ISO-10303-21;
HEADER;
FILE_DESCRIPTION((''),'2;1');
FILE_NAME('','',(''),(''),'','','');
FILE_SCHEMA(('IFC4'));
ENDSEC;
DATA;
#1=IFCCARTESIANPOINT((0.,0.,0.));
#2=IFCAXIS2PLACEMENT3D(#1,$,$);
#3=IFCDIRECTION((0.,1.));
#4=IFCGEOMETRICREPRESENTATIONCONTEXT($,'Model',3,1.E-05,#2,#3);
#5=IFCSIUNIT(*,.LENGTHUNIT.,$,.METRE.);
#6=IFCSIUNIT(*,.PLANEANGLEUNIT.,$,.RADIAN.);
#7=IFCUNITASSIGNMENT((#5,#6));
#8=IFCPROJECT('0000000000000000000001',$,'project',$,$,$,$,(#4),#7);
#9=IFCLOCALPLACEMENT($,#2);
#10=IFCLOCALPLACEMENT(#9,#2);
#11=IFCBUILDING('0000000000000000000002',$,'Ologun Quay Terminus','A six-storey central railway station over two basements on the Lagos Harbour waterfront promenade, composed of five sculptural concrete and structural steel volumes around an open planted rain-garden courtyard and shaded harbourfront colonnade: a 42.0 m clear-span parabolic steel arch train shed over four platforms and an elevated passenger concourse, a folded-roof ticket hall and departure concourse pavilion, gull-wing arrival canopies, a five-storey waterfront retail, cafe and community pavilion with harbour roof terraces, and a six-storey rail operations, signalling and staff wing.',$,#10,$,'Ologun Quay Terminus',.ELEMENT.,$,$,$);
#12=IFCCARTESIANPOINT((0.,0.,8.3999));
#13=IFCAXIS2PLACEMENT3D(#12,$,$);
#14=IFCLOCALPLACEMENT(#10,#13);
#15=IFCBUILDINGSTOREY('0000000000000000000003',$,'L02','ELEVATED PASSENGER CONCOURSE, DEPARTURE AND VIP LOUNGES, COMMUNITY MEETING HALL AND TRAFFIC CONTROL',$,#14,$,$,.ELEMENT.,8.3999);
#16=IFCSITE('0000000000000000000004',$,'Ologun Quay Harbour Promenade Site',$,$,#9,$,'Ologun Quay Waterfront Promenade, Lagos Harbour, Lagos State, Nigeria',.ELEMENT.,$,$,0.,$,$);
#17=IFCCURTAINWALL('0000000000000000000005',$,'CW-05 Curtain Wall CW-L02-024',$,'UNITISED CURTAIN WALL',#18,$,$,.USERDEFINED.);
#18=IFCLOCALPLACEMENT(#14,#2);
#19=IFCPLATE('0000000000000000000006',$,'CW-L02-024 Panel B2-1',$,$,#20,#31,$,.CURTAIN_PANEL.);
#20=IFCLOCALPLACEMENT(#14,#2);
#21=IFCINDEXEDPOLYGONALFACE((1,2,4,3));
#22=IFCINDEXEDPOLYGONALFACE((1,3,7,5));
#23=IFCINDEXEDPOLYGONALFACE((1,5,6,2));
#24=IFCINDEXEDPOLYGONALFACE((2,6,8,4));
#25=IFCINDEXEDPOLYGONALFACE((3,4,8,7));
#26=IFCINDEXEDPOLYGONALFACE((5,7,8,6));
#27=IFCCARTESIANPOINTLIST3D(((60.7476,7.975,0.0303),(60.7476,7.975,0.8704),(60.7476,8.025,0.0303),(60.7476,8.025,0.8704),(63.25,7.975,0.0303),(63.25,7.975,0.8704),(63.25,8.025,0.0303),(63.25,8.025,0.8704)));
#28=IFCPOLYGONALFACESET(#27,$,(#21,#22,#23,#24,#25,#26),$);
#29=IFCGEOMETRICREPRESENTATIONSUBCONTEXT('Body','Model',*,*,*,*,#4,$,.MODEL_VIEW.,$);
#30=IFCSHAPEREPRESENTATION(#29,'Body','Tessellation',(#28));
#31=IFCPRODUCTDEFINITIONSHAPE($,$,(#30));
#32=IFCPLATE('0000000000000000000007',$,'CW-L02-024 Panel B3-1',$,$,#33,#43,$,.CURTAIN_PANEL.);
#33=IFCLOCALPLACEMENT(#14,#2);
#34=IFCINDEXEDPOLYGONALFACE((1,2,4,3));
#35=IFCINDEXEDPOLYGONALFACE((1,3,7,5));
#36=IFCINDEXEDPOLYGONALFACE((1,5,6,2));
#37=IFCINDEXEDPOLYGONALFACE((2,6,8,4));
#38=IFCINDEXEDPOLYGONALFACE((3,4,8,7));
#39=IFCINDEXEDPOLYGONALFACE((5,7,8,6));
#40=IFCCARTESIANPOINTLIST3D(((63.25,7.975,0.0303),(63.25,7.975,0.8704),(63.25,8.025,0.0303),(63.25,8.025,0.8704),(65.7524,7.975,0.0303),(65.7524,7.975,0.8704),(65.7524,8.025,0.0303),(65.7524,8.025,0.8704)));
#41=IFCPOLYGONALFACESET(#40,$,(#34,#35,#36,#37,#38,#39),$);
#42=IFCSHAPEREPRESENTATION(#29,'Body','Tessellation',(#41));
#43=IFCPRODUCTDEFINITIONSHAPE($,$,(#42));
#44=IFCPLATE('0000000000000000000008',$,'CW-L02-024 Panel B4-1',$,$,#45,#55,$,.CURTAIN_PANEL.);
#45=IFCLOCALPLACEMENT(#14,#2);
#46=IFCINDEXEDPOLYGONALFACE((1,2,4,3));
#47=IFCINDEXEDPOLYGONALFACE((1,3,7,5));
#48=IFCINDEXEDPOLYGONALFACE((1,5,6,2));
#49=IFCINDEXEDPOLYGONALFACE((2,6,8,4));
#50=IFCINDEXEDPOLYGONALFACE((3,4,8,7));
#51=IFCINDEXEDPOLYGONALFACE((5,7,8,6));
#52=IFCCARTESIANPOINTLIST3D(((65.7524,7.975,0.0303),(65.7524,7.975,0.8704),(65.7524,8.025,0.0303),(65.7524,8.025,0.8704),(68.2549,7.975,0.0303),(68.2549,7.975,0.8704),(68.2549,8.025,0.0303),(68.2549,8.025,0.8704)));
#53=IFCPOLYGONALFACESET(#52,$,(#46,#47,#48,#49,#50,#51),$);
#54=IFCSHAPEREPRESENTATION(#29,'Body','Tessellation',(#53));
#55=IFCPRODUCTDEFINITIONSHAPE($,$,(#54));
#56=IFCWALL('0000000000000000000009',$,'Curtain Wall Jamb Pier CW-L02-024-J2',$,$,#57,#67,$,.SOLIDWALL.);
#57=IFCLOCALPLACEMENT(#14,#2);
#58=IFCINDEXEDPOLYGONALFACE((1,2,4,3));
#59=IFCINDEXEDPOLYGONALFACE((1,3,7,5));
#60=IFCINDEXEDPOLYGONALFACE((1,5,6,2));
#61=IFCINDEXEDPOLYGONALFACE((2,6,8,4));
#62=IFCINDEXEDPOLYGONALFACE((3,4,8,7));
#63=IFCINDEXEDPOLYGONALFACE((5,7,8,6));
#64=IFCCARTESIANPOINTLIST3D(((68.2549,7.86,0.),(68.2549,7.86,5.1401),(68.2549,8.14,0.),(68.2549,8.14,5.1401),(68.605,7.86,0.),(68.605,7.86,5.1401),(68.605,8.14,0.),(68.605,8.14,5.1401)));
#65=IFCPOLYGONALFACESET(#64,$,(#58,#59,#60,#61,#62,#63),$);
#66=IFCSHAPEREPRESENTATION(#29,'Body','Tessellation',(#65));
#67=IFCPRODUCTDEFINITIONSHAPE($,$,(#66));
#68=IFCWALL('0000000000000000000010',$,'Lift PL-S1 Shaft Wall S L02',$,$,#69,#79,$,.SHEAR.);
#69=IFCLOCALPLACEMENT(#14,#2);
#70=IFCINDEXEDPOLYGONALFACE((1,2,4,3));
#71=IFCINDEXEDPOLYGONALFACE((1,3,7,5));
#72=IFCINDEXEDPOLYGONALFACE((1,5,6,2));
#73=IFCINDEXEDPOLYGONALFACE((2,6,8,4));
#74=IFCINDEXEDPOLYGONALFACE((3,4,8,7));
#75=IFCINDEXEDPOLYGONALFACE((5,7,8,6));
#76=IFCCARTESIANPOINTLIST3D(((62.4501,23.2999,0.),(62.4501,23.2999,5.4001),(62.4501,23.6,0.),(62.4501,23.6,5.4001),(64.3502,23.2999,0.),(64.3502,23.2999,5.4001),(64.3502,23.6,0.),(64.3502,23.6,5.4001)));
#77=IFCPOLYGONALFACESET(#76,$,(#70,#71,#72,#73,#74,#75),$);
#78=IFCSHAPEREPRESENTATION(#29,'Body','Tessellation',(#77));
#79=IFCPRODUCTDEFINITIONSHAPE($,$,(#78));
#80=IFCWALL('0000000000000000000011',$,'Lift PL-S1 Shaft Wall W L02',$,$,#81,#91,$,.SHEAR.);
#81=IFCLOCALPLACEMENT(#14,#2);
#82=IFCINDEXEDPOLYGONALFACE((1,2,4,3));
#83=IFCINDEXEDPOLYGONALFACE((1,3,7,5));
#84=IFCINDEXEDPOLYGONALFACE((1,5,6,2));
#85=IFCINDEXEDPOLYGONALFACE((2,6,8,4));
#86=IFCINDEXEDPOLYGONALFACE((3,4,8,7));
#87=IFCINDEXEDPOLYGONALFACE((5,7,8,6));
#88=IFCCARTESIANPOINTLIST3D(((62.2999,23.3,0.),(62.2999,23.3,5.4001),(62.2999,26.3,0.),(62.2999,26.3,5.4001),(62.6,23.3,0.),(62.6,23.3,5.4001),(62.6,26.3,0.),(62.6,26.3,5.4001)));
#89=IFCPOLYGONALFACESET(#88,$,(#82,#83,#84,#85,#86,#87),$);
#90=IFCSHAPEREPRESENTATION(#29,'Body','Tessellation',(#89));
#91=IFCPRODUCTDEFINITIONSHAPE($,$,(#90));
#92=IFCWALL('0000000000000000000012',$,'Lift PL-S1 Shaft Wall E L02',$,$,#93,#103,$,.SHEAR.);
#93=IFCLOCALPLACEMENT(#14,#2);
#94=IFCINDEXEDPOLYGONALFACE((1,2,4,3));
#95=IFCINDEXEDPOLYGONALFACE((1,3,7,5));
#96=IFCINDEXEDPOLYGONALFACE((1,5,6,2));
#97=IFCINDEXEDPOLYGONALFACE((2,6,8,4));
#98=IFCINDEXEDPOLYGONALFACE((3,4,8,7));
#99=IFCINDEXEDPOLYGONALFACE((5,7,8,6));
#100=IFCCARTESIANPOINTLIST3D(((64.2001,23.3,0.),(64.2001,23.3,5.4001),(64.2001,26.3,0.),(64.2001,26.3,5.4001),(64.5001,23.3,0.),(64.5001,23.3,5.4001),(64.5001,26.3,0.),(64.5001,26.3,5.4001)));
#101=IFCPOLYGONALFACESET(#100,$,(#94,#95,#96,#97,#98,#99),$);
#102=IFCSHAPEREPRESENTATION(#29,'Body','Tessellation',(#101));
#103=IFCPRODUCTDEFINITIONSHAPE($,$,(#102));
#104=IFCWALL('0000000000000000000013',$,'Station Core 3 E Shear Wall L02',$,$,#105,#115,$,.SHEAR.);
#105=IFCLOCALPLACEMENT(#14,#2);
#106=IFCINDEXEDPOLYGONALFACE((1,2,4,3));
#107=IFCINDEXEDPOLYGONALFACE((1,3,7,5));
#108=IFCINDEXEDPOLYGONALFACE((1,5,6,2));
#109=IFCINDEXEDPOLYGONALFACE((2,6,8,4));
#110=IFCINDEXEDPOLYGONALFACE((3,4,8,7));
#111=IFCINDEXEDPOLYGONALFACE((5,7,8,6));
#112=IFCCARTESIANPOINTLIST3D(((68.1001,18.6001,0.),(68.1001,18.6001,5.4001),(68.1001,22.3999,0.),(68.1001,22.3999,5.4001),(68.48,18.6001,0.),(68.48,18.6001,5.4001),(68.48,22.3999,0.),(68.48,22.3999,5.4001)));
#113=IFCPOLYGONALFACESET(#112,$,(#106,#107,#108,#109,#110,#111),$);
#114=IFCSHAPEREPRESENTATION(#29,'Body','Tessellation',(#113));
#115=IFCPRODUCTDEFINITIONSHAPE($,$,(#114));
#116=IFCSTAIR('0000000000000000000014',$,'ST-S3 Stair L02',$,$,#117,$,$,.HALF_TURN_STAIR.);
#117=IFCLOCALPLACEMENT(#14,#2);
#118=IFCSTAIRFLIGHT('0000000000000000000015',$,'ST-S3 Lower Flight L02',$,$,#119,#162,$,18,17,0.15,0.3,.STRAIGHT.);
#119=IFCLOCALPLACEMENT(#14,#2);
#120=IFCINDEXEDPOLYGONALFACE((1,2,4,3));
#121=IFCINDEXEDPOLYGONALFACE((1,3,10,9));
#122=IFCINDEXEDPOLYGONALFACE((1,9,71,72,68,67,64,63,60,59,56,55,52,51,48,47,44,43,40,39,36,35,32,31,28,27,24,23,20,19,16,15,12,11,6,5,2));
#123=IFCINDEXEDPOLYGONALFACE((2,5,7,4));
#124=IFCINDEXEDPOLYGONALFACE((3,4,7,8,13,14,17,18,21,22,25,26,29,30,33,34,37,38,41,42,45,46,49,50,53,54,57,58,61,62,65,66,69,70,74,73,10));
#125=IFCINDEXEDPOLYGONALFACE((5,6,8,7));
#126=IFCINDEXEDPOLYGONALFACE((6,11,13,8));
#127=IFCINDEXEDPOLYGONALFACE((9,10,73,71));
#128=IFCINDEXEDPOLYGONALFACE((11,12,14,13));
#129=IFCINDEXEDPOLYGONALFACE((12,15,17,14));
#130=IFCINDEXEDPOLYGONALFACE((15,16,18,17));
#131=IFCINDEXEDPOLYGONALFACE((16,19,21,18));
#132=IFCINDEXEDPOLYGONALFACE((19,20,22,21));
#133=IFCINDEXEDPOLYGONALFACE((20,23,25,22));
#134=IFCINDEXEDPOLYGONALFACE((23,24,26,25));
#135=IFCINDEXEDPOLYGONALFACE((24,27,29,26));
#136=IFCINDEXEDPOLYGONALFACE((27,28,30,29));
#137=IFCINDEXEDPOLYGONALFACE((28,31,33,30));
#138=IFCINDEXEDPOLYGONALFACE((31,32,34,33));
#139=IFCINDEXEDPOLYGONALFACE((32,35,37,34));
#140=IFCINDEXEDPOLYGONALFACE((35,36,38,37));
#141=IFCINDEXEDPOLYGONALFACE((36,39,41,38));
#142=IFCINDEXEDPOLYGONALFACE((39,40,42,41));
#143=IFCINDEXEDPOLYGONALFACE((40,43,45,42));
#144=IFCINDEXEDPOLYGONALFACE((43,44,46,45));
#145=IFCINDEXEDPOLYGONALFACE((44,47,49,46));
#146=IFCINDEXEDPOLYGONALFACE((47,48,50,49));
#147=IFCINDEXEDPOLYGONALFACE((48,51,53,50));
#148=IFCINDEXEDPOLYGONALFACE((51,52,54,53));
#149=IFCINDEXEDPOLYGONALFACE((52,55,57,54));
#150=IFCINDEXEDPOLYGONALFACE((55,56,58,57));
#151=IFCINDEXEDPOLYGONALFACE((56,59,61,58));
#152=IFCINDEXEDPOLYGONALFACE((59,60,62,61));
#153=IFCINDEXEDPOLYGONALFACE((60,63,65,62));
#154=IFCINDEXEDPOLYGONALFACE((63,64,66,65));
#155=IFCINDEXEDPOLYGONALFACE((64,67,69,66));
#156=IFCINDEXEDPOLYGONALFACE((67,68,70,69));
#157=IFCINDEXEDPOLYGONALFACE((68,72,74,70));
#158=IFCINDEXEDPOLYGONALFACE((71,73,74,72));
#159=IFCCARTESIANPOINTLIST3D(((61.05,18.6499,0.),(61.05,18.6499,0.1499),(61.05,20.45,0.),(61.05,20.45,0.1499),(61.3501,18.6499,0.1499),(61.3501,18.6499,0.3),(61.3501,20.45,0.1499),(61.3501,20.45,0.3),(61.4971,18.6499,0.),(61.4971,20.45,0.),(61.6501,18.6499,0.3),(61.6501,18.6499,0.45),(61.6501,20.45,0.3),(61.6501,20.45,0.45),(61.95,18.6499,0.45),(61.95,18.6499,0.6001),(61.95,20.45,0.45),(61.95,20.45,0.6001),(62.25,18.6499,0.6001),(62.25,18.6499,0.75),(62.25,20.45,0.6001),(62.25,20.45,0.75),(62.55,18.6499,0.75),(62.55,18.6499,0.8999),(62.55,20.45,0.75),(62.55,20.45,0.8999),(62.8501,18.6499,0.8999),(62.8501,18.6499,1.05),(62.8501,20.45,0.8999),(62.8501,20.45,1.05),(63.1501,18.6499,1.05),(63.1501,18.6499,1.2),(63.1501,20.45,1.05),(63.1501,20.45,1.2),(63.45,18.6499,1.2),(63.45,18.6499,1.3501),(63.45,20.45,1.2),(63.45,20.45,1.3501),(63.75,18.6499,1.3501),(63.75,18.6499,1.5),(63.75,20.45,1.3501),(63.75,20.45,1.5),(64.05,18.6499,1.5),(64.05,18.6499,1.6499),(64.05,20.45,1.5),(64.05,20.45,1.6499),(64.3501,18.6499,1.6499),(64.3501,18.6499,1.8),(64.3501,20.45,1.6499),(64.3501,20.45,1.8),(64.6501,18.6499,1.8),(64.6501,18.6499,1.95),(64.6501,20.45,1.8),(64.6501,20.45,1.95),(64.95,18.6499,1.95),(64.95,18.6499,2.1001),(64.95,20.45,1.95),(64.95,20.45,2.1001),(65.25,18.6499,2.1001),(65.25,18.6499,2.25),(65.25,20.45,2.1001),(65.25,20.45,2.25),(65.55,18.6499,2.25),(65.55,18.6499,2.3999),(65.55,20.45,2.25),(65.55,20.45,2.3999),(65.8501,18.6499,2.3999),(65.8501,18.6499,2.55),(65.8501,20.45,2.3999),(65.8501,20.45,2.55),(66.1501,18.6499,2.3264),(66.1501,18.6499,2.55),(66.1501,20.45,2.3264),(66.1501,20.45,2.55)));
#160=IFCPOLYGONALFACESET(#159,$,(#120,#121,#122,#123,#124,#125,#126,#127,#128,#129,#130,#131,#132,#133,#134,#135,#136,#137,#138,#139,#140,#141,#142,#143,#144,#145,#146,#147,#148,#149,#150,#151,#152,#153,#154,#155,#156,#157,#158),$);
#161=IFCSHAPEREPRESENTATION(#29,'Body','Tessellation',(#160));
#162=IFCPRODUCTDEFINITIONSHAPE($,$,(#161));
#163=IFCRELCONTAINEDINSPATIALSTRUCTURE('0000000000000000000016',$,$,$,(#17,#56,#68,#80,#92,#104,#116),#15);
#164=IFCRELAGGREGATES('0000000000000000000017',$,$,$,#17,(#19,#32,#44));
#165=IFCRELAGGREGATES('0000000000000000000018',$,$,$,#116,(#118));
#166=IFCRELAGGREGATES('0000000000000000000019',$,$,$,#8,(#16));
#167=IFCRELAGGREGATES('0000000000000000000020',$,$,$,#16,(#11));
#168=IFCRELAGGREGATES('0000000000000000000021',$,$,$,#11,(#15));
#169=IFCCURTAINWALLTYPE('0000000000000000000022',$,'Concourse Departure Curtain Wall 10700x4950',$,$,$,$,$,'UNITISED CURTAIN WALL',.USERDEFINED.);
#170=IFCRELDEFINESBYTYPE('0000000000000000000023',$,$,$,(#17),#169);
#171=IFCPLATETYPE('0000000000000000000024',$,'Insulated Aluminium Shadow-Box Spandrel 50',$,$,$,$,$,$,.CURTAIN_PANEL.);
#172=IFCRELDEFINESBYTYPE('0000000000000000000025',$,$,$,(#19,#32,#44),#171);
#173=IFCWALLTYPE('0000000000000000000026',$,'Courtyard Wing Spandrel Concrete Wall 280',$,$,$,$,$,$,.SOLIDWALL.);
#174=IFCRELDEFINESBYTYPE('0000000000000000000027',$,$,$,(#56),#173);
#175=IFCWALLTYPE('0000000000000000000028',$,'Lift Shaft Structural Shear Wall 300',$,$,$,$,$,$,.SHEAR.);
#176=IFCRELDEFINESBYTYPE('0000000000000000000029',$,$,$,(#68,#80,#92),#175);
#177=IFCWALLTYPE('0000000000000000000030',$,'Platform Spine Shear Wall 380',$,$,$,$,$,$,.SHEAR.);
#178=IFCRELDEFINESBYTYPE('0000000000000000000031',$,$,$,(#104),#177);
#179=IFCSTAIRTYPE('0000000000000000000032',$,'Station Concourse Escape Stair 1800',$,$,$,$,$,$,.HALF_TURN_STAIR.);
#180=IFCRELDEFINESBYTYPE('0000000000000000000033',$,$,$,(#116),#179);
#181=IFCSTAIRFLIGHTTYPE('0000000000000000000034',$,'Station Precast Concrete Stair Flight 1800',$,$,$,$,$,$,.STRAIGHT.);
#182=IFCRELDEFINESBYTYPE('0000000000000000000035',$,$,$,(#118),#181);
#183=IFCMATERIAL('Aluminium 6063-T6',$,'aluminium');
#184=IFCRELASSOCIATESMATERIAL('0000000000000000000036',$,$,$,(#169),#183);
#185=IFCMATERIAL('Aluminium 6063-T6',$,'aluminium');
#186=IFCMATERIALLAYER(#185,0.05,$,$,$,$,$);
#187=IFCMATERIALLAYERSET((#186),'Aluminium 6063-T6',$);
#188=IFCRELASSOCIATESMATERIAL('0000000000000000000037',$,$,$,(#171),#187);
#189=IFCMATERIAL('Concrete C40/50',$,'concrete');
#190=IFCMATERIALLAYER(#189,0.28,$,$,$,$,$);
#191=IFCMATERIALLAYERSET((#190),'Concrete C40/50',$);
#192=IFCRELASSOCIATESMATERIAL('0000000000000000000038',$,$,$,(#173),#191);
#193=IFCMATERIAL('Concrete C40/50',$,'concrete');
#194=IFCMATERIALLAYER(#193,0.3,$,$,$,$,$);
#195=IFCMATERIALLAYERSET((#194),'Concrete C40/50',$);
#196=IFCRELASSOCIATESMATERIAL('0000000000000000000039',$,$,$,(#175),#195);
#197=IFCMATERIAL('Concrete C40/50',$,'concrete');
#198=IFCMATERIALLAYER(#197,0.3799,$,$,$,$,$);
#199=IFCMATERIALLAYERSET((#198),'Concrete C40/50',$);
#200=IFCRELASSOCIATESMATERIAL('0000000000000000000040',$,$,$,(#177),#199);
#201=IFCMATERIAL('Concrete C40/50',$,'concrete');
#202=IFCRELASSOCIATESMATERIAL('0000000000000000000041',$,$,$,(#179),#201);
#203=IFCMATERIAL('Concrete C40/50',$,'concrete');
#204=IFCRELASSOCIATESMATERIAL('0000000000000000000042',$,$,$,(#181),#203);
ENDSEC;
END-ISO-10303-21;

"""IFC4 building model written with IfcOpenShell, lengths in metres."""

from ifc_helpers import new_model, si_unit, direction, frame, frame_2d, origin, origin_2d, place, context, subcontext, project, spatial, polyline, rectangle, outline, extrude, material, layer, layer_set, type_object, element, aggregate, save


model = new_model("IFC4")

# Units and contexts
model_context = context("Model", 3, precision=1e-05, world=origin(), true_north=direction((0.0, 1.0)))
body_context = subcontext(model_context, "Body", "Model", "MODEL_VIEW")
ifc_project = project(units=[si_unit("LENGTHUNIT", "METRE"), si_unit("PLANEANGLEUNIT", "RADIAN")], contexts=[model_context])

# Site, building, storey
site_placement = place(None, origin())
site = spatial("IfcSite", under=ifc_project, at=site_placement, Name="Ologun Quay Harbour Promenade Site", LongName="Ologun Quay Waterfront Promenade, Lagos Harbour, Lagos State, Nigeria", CompositionType="ELEMENT", RefElevation=0.0)
building_placement = place(site_placement, origin())
building = spatial("IfcBuilding", under=site, at=building_placement, Name="Ologun Quay Terminus", Description="A six-storey central railway station over two basements on the Lagos Harbour waterfront promenade, composed of five sculptural concrete and structural steel volumes around an open planted rain-garden courtyard and shaded harbourfront colonnade: a 42.0 m clear-span parabolic steel arch train shed over four platforms and an elevated passenger concourse, a folded-roof ticket hall and departure concourse pavilion, gull-wing arrival canopies, a five-storey waterfront retail, cafe and community pavilion with harbour roof terraces, and a six-storey rail operations, signalling and staff wing.", LongName="Ologun Quay Terminus", CompositionType="ELEMENT")
storey_placement = place(building_placement, frame((0.0, 0.0, 8.3999)))
storey = spatial("IfcBuildingStorey", under=building, at=storey_placement, Name="L02", Description="ELEVATED PASSENGER CONCOURSE, DEPARTURE AND VIP LOUNGES, COMMUNITY MEETING HALL AND TRAFFIC CONTROL", CompositionType="ELEMENT", Elevation=8.3999)

# Curtain wall
ifc_material_1 = material(Name="Aluminium 6063-T6", Category="aluminium")
curtain_wall_type = type_object("IfcCurtainWallType", Name="Concourse Departure Curtain Wall 10700x4950", ElementType="UNITISED CURTAIN WALL", PredefinedType="USERDEFINED", material=ifc_material_1)
curtain_wall_placement = place(storey_placement, origin())
curtain_wall = element("IfcCurtainWall", 1, at=curtain_wall_placement, inside=storey, type_object=curtain_wall_type, Name="CW-05 Curtain Wall CW-L02-024", ObjectType="UNITISED CURTAIN WALL", PredefinedType="USERDEFINED")

# Plates
ifc_material_2 = material(Name="Aluminium 6063-T6", Category="aluminium")
ifc_layer_1 = layer(ifc_material_2, 0.05)
ifc_layer_set_1 = layer_set([ifc_layer_1], Name="Aluminium 6063-T6")
plate_type_1 = type_object("IfcPlateType", Name="Insulated Aluminium Shadow-Box Spandrel 50", PredefinedType="CURTAIN_PANEL", material=ifc_layer_set_1)
plate_1_placement = place(storey_placement, frame((61.9988, 8.0, 0.0303), z_axis=(0.0, 0.0, 1.0), x_axis=(1.0, 0.0, 0.0)))
plate_1 = element("IfcPlate", 2, at=plate_1_placement, type_object=plate_type_1, Name="CW-L02-024 Panel B2-1", PredefinedType="CURTAIN_PANEL", context=body_context, shape_type="SweptSolid", body=[
    extrude(rectangle(XDim=2.5024, YDim=0.05, at=origin_2d()), origin(), (0.0, 0.0, 1.0), 0.8401),
])
plate_2_placement = place(storey_placement, frame((64.5012, 8.0, 0.0303), z_axis=(0.0, 0.0, 1.0), x_axis=(1.0, 0.0, 0.0)))
plate_2 = element("IfcPlate", 3, at=plate_2_placement, type_object=plate_type_1, Name="CW-L02-024 Panel B3-1", PredefinedType="CURTAIN_PANEL", context=body_context, shape_type="SweptSolid", body=[
    extrude(rectangle(XDim=2.5024, YDim=0.05, at=origin_2d()), origin(), (0.0, 0.0, 1.0), 0.8401),
])
plate_3_placement = place(storey_placement, frame((67.0037, 8.0, 0.0303), z_axis=(0.0, 0.0, 1.0), x_axis=(1.0, 0.0, 0.0)))
plate_3 = element("IfcPlate", 4, at=plate_3_placement, type_object=plate_type_1, Name="CW-L02-024 Panel B4-1", PredefinedType="CURTAIN_PANEL", context=body_context, shape_type="SweptSolid", body=[
    extrude(rectangle(XDim=2.5024, YDim=0.05, at=origin_2d()), origin(), (0.0, 0.0, 1.0), 0.8401),
])
aggregate(curtain_wall, [plate_1, plate_2, plate_3])

# Walls
ifc_material_3 = material(Name="Concrete C40/50", Category="concrete")
ifc_layer_2 = layer(ifc_material_3, 0.28)
ifc_layer_set_2 = layer_set([ifc_layer_2], Name="Concrete C40/50")
wall_type_1 = type_object("IfcWallType", Name="Courtyard Wing Spandrel Concrete Wall 280", PredefinedType="SOLIDWALL", material=ifc_layer_set_2)
wall_1_placement = place(storey_placement, frame((68.2549, 8.0, 0.0), z_axis=(0.0, 0.0, 1.0), x_axis=(1.0, 0.0, 0.0)))
element("IfcWall", 5, at=wall_1_placement, inside=storey, type_object=wall_type_1, Name="Curtain Wall Jamb Pier CW-L02-024-J2", PredefinedType="SOLIDWALL", context=body_context, shape_type="SweptSolid", body=[
    extrude(rectangle(XDim=0.3501, YDim=0.28, at=frame_2d((0.175, 0.0))), origin(), (0.0, 0.0, 1.0), 5.1401),
])
ifc_material_4 = material(Name="Concrete C40/50", Category="concrete")
ifc_layer_3 = layer(ifc_material_4, 0.3)
ifc_layer_set_3 = layer_set([ifc_layer_3], Name="Concrete C40/50")
wall_type_2 = type_object("IfcWallType", Name="Lift Shaft Structural Shear Wall 300", PredefinedType="SHEAR", material=ifc_layer_set_3)
wall_2_placement = place(storey_placement, frame((62.45, 23.45, 0.0), z_axis=(0.0, 0.0, 1.0), x_axis=(1.0, 0.0, 0.0)))
element("IfcWall", 6, at=wall_2_placement, inside=storey, type_object=wall_type_2, Name="Lift PL-S1 Shaft Wall S L02", PredefinedType="SHEAR", context=body_context, shape_type="SweptSolid", body=[
    extrude(rectangle(XDim=1.9001, YDim=0.3, at=frame_2d((0.9502, 0.0))), origin(), (0.0, 0.0, 1.0), 5.4001),
])

# Walls
for number, where, z_axis, x_axis, name in (
    (7, (62.45, 23.3, 0.0), (0.0, 0.0, 1.0), (0.0, 1.0, 0.0), "Lift PL-S1 Shaft Wall W L02"),
    (8, (64.3501, 23.3, 0.0), (0.0, 0.0, 1.0), (0.0, 1.0, 0.0), "Lift PL-S1 Shaft Wall E L02"),
):
    element("IfcWall", number, at=place(storey_placement, frame(where, z_axis=z_axis, x_axis=x_axis)), inside=storey, type_object=wall_type_2, Name=name, PredefinedType="SHEAR", context=body_context, shape_type="SweptSolid", body=[
        extrude(rectangle(XDim=3.0, YDim=0.3, at=frame_2d((1.5, 0.0))), origin(), (0.0, 0.0, 1.0), 5.4001),
    ])
ifc_material_5 = material(Name="Concrete C40/50", Category="concrete")
ifc_layer_4 = layer(ifc_material_5, 0.3799)
ifc_layer_set_4 = layer_set([ifc_layer_4], Name="Concrete C40/50")
wall_type_3 = type_object("IfcWallType", Name="Platform Spine Shear Wall 380", PredefinedType="SHEAR", material=ifc_layer_set_4)
wall_3_placement = place(storey_placement, frame((68.29, 18.6001, 0.0), z_axis=(0.0, 0.0, 1.0), x_axis=(0.0, 1.0, 0.0)))
element("IfcWall", 9, at=wall_3_placement, inside=storey, type_object=wall_type_3, Name="Station Core 3 E Shear Wall L02", PredefinedType="SHEAR", context=body_context, shape_type="SweptSolid", body=[
    extrude(rectangle(XDim=3.7998, YDim=0.3799, at=frame_2d((1.8999, 0.0))), origin(), (0.0, 0.0, 1.0), 5.4001),
])

# Stair, stair flight
ifc_material_6 = material(Name="Concrete C40/50", Category="concrete")
stair_type = type_object("IfcStairType", Name="Station Concourse Escape Stair 1800", PredefinedType="HALF_TURN_STAIR", material=ifc_material_6)
stair_placement = place(storey_placement, origin())
stair = element("IfcStair", 10, at=stair_placement, inside=storey, type_object=stair_type, Name="ST-S3 Stair L02", PredefinedType="HALF_TURN_STAIR")
ifc_material_7 = material(Name="Concrete C40/50", Category="concrete")
stair_flight_type = type_object("IfcStairFlightType", Name="Station Precast Concrete Stair Flight 1800", PredefinedType="STRAIGHT", material=ifc_material_7)
stair_flight_1_placement = place(storey_placement, frame((61.05, 19.55, 0.0), z_axis=(0.0, 0.0, 1.0), x_axis=(1.0, 0.0, 0.0)))
stair_flight_1 = element("IfcStairFlight", 11, at=stair_flight_1_placement, type_object=stair_flight_type, Name="ST-S3 Lower Flight L02", NumberOfRisers=18, NumberOfTreads=17, PredefinedType="STRAIGHT", RiserHeight=0.15, TreadLength=0.3, context=body_context, shape_type="SweptSolid", body=[
    extrude(outline(polyline([(0.0, 0.0), (0.0, 0.1499), (0.3, 0.1499), (0.3, 0.3), (0.6001, 0.3), (0.6001, 0.45), (0.8999, 0.45), (0.8999, 0.6001), (1.2, 0.6001), (1.2, 0.75), (1.5, 0.75), (1.5, 0.8999), (1.8, 0.8999), (1.8, 1.05), (2.1001, 1.05), (2.1001, 1.2), (2.3999, 1.2), (2.3999, 1.3501), (2.7, 1.3501), (2.7, 1.5), (3.0, 1.5), (3.0, 1.6499), (3.3, 1.6499), (3.3, 1.8), (3.6001, 1.8), (3.6001, 1.95), (3.8999, 1.95), (3.8999, 2.1001), (4.2, 2.1001), (4.2, 2.25), (4.5, 2.25), (4.5, 2.3999), (4.8, 2.3999), (4.8, 2.55), (5.1001, 2.55), (5.1001, 2.7), (5.1001, 2.3264), (0.447, 0.0), (0.0, 0.0)])), frame((0.0, 0.8999, 0.0), z_axis=(0.0, -1.0, 0.0), x_axis=(1.0, 0.0, 0.0)), (0.0, 0.0, 1.0), 1.8),
])
aggregate(stair, [stair_flight_1])

save(model, "model.ifc")
